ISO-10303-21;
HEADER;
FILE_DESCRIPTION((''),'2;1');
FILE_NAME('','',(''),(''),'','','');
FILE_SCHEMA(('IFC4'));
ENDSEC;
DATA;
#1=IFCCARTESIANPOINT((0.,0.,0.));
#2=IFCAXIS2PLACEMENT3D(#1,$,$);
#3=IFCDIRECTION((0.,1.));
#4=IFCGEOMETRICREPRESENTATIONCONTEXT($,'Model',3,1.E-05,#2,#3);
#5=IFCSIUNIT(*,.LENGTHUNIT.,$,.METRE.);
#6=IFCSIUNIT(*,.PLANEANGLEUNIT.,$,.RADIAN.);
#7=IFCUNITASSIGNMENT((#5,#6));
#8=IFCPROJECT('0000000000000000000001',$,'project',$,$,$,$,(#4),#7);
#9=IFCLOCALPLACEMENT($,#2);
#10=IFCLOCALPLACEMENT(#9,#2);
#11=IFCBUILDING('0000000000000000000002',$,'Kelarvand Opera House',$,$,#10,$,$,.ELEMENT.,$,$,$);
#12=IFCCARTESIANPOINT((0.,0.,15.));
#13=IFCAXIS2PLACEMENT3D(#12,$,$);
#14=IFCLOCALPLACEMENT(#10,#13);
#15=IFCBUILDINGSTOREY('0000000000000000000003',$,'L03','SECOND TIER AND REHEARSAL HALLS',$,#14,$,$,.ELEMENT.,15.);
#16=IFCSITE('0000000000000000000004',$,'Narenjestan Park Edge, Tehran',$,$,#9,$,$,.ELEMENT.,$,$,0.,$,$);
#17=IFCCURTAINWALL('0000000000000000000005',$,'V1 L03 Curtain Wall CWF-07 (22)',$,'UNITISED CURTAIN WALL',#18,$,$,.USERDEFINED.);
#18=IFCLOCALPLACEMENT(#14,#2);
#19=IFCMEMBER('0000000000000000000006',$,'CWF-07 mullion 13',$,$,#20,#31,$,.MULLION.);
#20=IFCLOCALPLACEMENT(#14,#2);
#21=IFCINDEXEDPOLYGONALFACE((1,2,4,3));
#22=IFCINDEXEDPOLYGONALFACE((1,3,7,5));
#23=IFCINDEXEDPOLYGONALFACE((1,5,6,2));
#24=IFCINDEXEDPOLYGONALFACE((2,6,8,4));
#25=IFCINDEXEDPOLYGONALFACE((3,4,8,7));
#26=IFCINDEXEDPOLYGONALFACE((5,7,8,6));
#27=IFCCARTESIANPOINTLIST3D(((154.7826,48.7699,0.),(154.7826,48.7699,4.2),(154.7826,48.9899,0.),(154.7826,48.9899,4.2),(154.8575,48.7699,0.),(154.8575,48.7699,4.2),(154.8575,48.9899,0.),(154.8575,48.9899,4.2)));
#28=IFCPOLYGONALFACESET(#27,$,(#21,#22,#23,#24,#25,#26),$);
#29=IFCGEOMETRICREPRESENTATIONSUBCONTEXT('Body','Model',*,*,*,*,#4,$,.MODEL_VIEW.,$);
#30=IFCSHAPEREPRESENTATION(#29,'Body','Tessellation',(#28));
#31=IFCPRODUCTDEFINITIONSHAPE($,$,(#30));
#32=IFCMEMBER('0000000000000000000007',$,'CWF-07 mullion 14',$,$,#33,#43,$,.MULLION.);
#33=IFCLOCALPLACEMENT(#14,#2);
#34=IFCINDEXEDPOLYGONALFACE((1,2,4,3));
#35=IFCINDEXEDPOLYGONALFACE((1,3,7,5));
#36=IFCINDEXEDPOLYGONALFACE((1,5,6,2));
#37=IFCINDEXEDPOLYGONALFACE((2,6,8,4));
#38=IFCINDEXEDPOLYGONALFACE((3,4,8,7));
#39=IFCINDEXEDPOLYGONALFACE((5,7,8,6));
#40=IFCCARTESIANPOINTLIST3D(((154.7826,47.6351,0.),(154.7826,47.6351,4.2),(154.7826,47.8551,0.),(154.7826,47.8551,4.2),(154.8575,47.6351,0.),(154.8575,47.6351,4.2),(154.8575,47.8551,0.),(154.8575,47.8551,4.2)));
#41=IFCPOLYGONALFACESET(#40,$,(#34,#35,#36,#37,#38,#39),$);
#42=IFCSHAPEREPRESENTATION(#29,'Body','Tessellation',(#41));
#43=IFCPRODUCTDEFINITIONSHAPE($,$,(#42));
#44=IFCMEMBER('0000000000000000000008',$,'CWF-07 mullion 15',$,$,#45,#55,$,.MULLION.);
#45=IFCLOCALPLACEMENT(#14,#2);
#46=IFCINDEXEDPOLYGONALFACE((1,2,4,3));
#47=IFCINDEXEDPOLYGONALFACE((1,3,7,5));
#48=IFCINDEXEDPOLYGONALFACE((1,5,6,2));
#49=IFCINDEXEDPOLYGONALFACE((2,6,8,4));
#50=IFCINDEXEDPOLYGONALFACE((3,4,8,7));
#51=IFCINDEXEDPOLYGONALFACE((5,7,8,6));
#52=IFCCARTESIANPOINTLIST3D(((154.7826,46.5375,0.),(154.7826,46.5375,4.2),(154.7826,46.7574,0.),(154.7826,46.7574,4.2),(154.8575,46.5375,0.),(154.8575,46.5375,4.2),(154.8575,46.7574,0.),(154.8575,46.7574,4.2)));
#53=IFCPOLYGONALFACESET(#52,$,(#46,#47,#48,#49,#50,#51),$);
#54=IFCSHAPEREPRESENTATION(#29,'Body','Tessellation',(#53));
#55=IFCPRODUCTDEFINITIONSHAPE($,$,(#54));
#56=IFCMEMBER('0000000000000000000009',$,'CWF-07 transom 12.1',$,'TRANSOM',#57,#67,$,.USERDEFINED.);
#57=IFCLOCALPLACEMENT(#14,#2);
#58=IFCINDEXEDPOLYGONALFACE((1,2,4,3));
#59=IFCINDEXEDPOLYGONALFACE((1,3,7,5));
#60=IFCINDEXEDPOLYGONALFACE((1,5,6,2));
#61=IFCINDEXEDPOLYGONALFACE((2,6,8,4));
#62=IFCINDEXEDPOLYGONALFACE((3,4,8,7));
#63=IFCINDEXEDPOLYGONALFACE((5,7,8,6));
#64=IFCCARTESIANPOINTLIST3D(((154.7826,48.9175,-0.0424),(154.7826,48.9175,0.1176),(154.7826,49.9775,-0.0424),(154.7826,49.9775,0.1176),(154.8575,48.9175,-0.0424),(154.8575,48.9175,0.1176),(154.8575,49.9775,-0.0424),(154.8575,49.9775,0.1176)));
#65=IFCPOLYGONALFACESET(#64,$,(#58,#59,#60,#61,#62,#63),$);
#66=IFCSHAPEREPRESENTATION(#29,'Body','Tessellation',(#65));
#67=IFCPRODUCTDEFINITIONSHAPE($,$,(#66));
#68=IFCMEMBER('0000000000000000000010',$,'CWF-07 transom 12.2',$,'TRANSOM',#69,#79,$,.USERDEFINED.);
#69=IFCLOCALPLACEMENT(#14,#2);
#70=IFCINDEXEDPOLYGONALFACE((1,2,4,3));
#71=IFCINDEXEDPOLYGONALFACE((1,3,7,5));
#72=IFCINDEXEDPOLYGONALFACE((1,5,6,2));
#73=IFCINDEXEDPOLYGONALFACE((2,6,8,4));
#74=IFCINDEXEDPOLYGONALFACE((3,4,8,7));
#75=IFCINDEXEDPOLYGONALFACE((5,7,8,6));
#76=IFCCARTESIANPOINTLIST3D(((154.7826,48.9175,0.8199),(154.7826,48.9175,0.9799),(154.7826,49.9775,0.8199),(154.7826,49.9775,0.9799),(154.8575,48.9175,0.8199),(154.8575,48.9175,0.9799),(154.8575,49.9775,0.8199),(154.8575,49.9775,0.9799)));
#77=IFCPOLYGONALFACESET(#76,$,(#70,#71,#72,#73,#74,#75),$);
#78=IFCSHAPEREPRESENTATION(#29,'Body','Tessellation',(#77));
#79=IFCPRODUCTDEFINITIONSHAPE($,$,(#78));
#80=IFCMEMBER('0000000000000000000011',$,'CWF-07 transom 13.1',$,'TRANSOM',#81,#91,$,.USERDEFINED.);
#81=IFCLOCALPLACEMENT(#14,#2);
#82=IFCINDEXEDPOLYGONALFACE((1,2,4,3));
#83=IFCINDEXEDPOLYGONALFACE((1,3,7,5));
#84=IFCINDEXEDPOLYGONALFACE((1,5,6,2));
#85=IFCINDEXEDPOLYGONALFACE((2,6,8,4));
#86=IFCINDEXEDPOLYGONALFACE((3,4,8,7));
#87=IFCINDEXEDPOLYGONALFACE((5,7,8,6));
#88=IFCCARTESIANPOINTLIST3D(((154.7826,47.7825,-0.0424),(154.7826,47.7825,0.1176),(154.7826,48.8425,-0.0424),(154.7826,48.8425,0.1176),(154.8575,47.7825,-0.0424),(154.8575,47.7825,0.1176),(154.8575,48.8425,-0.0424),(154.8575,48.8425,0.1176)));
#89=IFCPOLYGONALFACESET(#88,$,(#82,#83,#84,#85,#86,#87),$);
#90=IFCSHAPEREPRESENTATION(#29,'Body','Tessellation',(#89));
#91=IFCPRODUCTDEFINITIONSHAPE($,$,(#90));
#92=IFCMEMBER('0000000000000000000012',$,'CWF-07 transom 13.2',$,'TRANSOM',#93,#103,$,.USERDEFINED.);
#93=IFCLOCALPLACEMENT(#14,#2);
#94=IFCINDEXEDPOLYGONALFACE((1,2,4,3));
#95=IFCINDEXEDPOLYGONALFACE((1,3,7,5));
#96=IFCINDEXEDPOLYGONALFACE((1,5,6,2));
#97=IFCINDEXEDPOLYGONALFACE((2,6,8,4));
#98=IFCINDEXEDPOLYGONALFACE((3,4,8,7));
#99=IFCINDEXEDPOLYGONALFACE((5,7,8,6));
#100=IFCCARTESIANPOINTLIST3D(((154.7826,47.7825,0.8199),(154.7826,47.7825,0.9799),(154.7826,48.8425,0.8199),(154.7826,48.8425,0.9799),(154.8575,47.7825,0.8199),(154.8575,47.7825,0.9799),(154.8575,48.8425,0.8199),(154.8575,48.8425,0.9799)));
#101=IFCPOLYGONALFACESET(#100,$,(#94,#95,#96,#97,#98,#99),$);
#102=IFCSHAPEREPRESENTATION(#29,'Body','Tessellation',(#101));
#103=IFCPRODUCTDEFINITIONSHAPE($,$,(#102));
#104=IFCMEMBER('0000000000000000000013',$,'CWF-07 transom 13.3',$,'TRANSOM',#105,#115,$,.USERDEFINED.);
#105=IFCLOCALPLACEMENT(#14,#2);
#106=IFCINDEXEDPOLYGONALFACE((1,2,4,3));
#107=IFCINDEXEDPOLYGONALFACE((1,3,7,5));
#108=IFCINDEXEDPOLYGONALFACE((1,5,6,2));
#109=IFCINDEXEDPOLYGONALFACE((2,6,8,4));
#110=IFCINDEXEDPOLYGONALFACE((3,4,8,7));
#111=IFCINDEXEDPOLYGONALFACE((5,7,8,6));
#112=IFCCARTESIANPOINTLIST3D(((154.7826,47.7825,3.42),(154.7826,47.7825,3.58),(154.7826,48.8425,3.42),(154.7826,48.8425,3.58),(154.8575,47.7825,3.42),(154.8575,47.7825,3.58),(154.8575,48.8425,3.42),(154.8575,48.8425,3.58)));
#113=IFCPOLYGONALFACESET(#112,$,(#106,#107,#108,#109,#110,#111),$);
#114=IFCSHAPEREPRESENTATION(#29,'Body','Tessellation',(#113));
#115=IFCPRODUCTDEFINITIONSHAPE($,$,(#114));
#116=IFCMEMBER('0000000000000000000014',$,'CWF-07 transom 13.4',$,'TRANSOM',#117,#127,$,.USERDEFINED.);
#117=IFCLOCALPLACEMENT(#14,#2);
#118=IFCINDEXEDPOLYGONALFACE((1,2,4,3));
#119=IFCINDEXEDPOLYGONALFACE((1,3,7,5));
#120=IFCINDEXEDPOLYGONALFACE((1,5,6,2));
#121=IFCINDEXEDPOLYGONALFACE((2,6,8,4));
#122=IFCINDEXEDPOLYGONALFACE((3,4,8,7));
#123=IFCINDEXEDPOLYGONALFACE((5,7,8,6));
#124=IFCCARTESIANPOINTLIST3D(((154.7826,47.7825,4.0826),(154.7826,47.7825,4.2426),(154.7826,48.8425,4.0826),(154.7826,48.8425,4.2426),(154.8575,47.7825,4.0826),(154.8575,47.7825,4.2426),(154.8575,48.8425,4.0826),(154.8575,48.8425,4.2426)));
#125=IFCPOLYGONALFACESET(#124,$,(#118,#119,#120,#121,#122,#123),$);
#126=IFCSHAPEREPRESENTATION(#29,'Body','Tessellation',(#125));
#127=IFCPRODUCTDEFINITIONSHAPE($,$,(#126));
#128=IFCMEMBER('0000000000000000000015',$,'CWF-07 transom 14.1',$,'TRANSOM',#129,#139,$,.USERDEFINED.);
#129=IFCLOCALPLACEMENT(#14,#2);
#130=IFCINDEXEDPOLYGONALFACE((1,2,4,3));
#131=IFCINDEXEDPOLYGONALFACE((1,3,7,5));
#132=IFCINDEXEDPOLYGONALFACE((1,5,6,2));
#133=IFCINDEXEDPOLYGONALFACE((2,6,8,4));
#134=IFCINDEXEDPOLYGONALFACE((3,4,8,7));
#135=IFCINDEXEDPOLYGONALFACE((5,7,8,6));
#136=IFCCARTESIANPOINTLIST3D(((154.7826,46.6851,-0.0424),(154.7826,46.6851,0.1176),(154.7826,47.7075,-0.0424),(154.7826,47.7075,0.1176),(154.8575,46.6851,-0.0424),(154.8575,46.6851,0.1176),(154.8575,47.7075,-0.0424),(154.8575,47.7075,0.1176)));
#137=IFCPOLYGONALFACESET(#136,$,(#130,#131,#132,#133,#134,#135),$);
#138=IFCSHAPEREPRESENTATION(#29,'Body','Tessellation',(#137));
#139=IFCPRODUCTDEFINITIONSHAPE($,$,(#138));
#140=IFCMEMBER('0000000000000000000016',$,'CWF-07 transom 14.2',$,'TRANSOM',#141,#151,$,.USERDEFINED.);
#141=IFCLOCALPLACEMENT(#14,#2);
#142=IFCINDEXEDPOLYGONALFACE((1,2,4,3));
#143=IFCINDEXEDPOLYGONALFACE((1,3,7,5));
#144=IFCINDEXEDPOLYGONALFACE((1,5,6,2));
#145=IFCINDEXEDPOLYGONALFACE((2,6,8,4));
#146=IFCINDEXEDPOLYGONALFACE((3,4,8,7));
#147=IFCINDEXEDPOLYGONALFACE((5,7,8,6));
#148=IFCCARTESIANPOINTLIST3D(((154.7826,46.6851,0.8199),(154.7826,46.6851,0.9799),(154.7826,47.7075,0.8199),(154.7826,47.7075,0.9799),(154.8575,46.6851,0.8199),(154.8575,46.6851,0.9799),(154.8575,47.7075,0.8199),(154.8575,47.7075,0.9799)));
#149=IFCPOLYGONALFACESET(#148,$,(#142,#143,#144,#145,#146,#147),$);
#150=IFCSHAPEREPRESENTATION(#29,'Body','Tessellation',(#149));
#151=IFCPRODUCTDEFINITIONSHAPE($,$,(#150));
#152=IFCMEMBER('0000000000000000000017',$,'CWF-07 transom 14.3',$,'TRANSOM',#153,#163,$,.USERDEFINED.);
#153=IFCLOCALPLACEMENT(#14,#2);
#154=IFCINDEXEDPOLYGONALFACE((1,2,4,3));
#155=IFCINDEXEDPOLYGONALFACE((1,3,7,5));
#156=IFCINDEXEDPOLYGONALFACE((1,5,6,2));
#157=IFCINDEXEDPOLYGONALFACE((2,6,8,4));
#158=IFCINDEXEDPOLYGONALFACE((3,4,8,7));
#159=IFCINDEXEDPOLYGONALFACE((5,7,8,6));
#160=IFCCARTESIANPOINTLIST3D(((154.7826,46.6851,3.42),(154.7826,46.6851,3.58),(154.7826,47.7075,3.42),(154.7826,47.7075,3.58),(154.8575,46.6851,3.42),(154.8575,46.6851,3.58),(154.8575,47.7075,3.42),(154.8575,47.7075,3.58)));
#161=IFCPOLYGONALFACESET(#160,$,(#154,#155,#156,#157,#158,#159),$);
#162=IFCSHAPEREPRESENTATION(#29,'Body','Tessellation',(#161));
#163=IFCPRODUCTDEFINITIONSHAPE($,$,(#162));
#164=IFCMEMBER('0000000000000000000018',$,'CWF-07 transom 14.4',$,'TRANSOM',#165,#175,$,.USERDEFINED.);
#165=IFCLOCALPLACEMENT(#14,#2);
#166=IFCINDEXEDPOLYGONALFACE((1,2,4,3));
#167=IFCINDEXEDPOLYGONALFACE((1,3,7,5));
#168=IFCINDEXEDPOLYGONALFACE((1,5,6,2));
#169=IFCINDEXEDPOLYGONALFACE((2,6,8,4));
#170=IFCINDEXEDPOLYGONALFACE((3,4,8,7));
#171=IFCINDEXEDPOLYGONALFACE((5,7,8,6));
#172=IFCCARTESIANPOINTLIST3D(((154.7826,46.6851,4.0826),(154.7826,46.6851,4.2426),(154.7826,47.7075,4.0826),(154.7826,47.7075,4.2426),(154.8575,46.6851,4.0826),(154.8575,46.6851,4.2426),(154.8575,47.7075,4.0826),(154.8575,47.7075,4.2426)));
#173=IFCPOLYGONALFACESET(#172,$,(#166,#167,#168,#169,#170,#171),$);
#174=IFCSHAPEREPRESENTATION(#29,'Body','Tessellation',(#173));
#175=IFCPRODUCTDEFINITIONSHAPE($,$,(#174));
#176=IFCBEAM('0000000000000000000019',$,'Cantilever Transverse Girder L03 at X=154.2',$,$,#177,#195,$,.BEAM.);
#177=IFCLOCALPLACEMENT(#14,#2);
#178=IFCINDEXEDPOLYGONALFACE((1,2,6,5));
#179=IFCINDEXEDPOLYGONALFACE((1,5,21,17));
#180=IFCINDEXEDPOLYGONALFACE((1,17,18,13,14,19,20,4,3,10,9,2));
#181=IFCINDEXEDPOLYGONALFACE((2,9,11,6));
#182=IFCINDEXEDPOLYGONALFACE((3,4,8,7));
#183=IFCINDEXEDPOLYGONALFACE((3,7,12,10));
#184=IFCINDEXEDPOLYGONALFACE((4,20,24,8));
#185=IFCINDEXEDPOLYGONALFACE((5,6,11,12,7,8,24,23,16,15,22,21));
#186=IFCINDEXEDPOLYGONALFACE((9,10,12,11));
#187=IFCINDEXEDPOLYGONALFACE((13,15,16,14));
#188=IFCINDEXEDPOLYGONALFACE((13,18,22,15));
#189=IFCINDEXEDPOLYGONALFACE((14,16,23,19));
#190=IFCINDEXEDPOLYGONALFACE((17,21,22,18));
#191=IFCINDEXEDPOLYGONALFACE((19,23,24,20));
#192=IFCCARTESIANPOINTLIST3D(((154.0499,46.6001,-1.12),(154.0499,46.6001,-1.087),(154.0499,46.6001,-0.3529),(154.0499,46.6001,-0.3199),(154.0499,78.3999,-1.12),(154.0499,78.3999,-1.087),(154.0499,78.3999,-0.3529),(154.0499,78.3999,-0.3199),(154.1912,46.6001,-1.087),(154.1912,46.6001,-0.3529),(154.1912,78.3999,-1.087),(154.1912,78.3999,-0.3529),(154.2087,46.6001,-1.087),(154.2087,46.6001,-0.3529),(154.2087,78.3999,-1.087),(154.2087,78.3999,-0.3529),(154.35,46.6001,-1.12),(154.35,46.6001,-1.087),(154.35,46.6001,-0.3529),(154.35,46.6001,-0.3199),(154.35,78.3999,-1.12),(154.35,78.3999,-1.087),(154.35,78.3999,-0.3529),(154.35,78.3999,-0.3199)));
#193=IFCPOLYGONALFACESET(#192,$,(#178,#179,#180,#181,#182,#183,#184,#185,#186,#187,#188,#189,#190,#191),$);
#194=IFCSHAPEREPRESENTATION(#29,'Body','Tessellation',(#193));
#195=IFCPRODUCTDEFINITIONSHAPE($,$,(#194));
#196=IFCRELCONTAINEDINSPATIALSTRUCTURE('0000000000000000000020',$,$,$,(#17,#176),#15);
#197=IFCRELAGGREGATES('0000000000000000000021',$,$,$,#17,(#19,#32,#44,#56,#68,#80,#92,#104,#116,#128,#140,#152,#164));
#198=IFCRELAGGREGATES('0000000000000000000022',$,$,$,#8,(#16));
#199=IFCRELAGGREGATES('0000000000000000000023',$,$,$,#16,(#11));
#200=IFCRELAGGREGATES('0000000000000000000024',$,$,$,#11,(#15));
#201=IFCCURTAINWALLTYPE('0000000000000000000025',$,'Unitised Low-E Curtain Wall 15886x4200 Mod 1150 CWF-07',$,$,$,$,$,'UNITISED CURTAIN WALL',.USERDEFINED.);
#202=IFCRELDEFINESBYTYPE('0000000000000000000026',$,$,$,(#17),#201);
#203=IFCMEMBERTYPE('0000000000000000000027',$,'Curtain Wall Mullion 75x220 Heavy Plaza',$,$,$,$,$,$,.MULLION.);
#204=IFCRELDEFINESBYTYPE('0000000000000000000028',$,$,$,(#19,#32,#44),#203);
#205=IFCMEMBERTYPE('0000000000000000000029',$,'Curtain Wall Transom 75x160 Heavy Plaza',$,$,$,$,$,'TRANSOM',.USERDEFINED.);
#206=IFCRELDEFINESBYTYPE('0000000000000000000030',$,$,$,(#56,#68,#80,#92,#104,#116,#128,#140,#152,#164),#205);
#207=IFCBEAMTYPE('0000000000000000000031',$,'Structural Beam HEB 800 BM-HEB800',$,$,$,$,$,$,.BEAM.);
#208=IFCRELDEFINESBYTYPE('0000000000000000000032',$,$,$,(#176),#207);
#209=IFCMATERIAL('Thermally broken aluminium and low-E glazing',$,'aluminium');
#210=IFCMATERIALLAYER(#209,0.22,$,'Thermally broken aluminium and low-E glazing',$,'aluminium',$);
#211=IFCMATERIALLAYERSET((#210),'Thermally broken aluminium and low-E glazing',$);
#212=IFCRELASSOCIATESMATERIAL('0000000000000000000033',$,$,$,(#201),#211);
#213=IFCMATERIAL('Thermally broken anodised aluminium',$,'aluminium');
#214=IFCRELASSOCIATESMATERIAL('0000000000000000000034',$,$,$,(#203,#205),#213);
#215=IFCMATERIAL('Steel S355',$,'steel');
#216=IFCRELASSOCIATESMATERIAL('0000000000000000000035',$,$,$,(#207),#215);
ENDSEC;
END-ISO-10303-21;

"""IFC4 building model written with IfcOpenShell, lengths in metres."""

from ifc_helpers import new_model, si_unit, direction, frame, origin, origin_2d, place, context, subcontext, project, spatial, rectangle, i_section, extrude, material, layer, layer_set, material_profile, profile_set, type_object, element, aggregate, save


model = new_model("IFC4")

# Units and contexts
model_context = context("Model", 3, precision=1e-05, world=origin(), true_north=direction((0.0, 1.0)))
body_context = subcontext(model_context, "Body", "Model", "MODEL_VIEW")
ifc_project = project(units=[si_unit("LENGTHUNIT", "METRE"), si_unit("PLANEANGLEUNIT", "RADIAN")], contexts=[model_context])

# Site, building, storey
site_placement = place(None, origin())
site = spatial("IfcSite", under=ifc_project, at=site_placement, Name="Narenjestan Park Edge, Tehran", CompositionType="ELEMENT", RefElevation=0.0)
building_placement = place(site_placement, origin())
building = spatial("IfcBuilding", under=site, at=building_placement, Name="Kelarvand Opera House", CompositionType="ELEMENT")
storey_placement = place(building_placement, frame((0.0, 0.0, 15.0)))
storey = spatial("IfcBuildingStorey", under=building, at=storey_placement, Name="L03", Description="SECOND TIER AND REHEARSAL HALLS", CompositionType="ELEMENT", Elevation=15.0)

# Curtain wall, members
ifc_material_1 = material(Name="Thermally broken aluminium and low-E glazing", Category="aluminium")
ifc_layer_1 = layer(ifc_material_1, 0.22, Name="Thermally broken aluminium and low-E glazing", Category="aluminium")
ifc_layer_set_1 = layer_set([ifc_layer_1], Name="Thermally broken aluminium and low-E glazing")
curtain_wall_type = type_object("IfcCurtainWallType", Name="Unitised Low-E Curtain Wall 15886x4200 Mod 1150 CWF-07", ElementType="UNITISED CURTAIN WALL", PredefinedType="USERDEFINED", material=ifc_layer_set_1)
curtain_wall_placement = place(storey_placement, origin())
curtain_wall = element("IfcCurtainWall", 1, at=curtain_wall_placement, inside=storey, type_object=curtain_wall_type, Name="V1 L03 Curtain Wall CWF-07 (22)", ObjectType="UNITISED CURTAIN WALL", PredefinedType="USERDEFINED")
ifc_material_2 = material(Name="Thermally broken anodised aluminium", Category="aluminium")
ifc_material_profile_1 = material_profile(ifc_material_2, rectangle(XDim=0.075, YDim=0.22, at=origin_2d()), Name="ALU MULLION 75x220", Category="aluminium")
ifc_profile_set_1 = profile_set([ifc_material_profile_1], Name="Thermally broken anodised aluminium")
member_type_1 = type_object("IfcMemberType", Name="Curtain Wall Mullion 75x220 Heavy Plaza", PredefinedType="MULLION", material=ifc_profile_set_1)
member_1_placement = place(storey_placement, frame((154.8201, 48.8799, 0.0), z_axis=(0.0, 0.0, 1.0), x_axis=(1.0, 0.0, 0.0)))
member_1 = element("IfcMember", 2, at=member_1_placement, type_object=member_type_1, Name="CWF-07 mullion 13", PredefinedType="MULLION", context=body_context, shape_type="SweptSolid", body=[
    extrude(rectangle(XDim=0.075, YDim=0.22, at=origin_2d()), origin(), (0.0, 0.0, 1.0), 4.2),
])
member_2_placement = place(storey_placement, frame((154.8201, 47.7451, 0.0), z_axis=(0.0, 0.0, 1.0), x_axis=(1.0, 0.0, 0.0)))
member_2 = element("IfcMember", 3, at=member_2_placement, type_object=member_type_1, Name="CWF-07 mullion 14", PredefinedType="MULLION", context=body_context, shape_type="SweptSolid", body=[
    extrude(rectangle(XDim=0.075, YDim=0.22, at=origin_2d()), origin(), (0.0, 0.0, 1.0), 4.2),
])
member_3_placement = place(storey_placement, frame((154.8201, 46.6475, 0.0), z_axis=(0.0, 0.0, 1.0), x_axis=(1.0, 0.0, 0.0)))
member_3 = element("IfcMember", 4, at=member_3_placement, type_object=member_type_1, Name="CWF-07 mullion 15", PredefinedType="MULLION", context=body_context, shape_type="SweptSolid", body=[
    extrude(rectangle(XDim=0.075, YDim=0.22, at=origin_2d()), origin(), (0.0, 0.0, 1.0), 4.2),
])
ifc_material_profile_2 = material_profile(ifc_material_2, rectangle(XDim=0.075, YDim=0.1599, at=origin_2d()), Name="ALU TRANSOM 75x160", Category="aluminium")
ifc_profile_set_2 = profile_set([ifc_material_profile_2], Name="Thermally broken anodised aluminium")
member_type_2 = type_object("IfcMemberType", Name="Curtain Wall Transom 75x160 Heavy Plaza", ElementType="TRANSOM", PredefinedType="USERDEFINED", material=ifc_profile_set_2)
member_4_placement = place(storey_placement, frame((154.8201, 49.9775, 0.0376), z_axis=(0.0, -1.0, 0.0), x_axis=(1.0, 0.0, 0.0)))
member_4 = element("IfcMember", 5, at=member_4_placement, type_object=member_type_2, Name="CWF-07 transom 12.1", ObjectType="TRANSOM", PredefinedType="USERDEFINED", context=body_context, shape_type="SweptSolid", body=[
    extrude(rectangle(XDim=0.075, YDim=0.1599, at=origin_2d()), origin(), (0.0, 0.0, 1.0), 1.0601),
])
member_5_placement = place(storey_placement, frame((154.8201, 49.9775, 0.8999), z_axis=(0.0, -1.0, 0.0), x_axis=(1.0, 0.0, 0.0)))
member_5 = element("IfcMember", 6, at=member_5_placement, type_object=member_type_2, Name="CWF-07 transom 12.2", ObjectType="TRANSOM", PredefinedType="USERDEFINED", context=body_context, shape_type="SweptSolid", body=[
    extrude(rectangle(XDim=0.075, YDim=0.1599, at=origin_2d()), origin(), (0.0, 0.0, 1.0), 1.0601),
])
member_6_placement = place(storey_placement, frame((154.8201, 48.8425, 0.0376), z_axis=(0.0, -1.0, 0.0), x_axis=(1.0, 0.0, 0.0)))
member_6 = element("IfcMember", 7, at=member_6_placement, type_object=member_type_2, Name="CWF-07 transom 13.1", ObjectType="TRANSOM", PredefinedType="USERDEFINED", context=body_context, shape_type="SweptSolid", body=[
    extrude(rectangle(XDim=0.075, YDim=0.1599, at=origin_2d()), origin(), (0.0, 0.0, 1.0), 1.0601),
])
member_7_placement = place(storey_placement, frame((154.8201, 48.8425, 0.8999), z_axis=(0.0, -1.0, 0.0), x_axis=(1.0, 0.0, 0.0)))
member_7 = element("IfcMember", 8, at=member_7_placement, type_object=member_type_2, Name="CWF-07 transom 13.2", ObjectType="TRANSOM", PredefinedType="USERDEFINED", context=body_context, shape_type="SweptSolid", body=[
    extrude(rectangle(XDim=0.075, YDim=0.1599, at=origin_2d()), origin(), (0.0, 0.0, 1.0), 1.0601),
])
member_8_placement = place(storey_placement, frame((154.8201, 48.8425, 3.5), z_axis=(0.0, -1.0, 0.0), x_axis=(1.0, 0.0, 0.0)))
member_8 = element("IfcMember", 9, at=member_8_placement, type_object=member_type_2, Name="CWF-07 transom 13.3", ObjectType="TRANSOM", PredefinedType="USERDEFINED", context=body_context, shape_type="SweptSolid", body=[
    extrude(rectangle(XDim=0.075, YDim=0.1599, at=origin_2d()), origin(), (0.0, 0.0, 1.0), 1.0601),
])
member_9_placement = place(storey_placement, frame((154.8201, 48.8425, 4.1626), z_axis=(0.0, -1.0, 0.0), x_axis=(1.0, 0.0, 0.0)))
member_9 = element("IfcMember", 10, at=member_9_placement, type_object=member_type_2, Name="CWF-07 transom 13.4", ObjectType="TRANSOM", PredefinedType="USERDEFINED", context=body_context, shape_type="SweptSolid", body=[
    extrude(rectangle(XDim=0.075, YDim=0.1599, at=origin_2d()), origin(), (0.0, 0.0, 1.0), 1.0601),
])
member_10_placement = place(storey_placement, frame((154.8201, 47.7075, 0.0376), z_axis=(0.0, -1.0, 0.0), x_axis=(1.0, 0.0, 0.0)))
member_10 = element("IfcMember", 11, at=member_10_placement, type_object=member_type_2, Name="CWF-07 transom 14.1", ObjectType="TRANSOM", PredefinedType="USERDEFINED", context=body_context, shape_type="SweptSolid", body=[
    extrude(rectangle(XDim=0.075, YDim=0.1599, at=origin_2d()), origin(), (0.0, 0.0, 1.0), 1.0225),
])
member_11_placement = place(storey_placement, frame((154.8201, 47.7075, 0.8999), z_axis=(0.0, -1.0, 0.0), x_axis=(1.0, 0.0, 0.0)))
member_11 = element("IfcMember", 12, at=member_11_placement, type_object=member_type_2, Name="CWF-07 transom 14.2", ObjectType="TRANSOM", PredefinedType="USERDEFINED", context=body_context, shape_type="SweptSolid", body=[
    extrude(rectangle(XDim=0.075, YDim=0.1599, at=origin_2d()), origin(), (0.0, 0.0, 1.0), 1.0225),
])
member_12_placement = place(storey_placement, frame((154.8201, 47.7075, 3.5), z_axis=(0.0, -1.0, 0.0), x_axis=(1.0, 0.0, 0.0)))
member_12 = element("IfcMember", 13, at=member_12_placement, type_object=member_type_2, Name="CWF-07 transom 14.3", ObjectType="TRANSOM", PredefinedType="USERDEFINED", context=body_context, shape_type="SweptSolid", body=[
    extrude(rectangle(XDim=0.075, YDim=0.1599, at=origin_2d()), origin(), (0.0, 0.0, 1.0), 1.0225),
])
member_13_placement = place(storey_placement, frame((154.8201, 47.7075, 4.1626), z_axis=(0.0, -1.0, 0.0), x_axis=(1.0, 0.0, 0.0)))
member_13 = element("IfcMember", 14, at=member_13_placement, type_object=member_type_2, Name="CWF-07 transom 14.4", ObjectType="TRANSOM", PredefinedType="USERDEFINED", context=body_context, shape_type="SweptSolid", body=[
    extrude(rectangle(XDim=0.075, YDim=0.1599, at=origin_2d()), origin(), (0.0, 0.0, 1.0), 1.0225),
])

# Beam
ifc_material_3 = material(Name="Steel S355", Category="steel")
ifc_material_profile_3 = material_profile(ifc_material_3, i_section(OverallWidth=0.3, OverallDepth=0.8, WebThickness=0.0176, FlangeThickness=0.033, at=origin_2d()), Name="HEB 800", Category="steel")
ifc_profile_set_3 = profile_set([ifc_material_profile_3], Name="Steel S355")
beam_type = type_object("IfcBeamType", Name="Structural Beam HEB 800 BM-HEB800", PredefinedType="BEAM", material=ifc_profile_set_3)
beam_placement = place(storey_placement, frame((154.2, 46.6001, -0.72), z_axis=(0.0, 1.0, 0.0), x_axis=(-1.0, 0.0, 0.0)))
element("IfcBeam", 15, at=beam_placement, inside=storey, type_object=beam_type, Name="Cantilever Transverse Girder L03 at X=154.2", PredefinedType="BEAM", context=body_context, shape_type="SweptSolid", body=[
    extrude(i_section(OverallWidth=0.3, OverallDepth=0.8, WebThickness=0.0176, FlangeThickness=0.033, at=origin_2d()), origin(), (0.0, 0.0, 1.0), 31.7998),
])

aggregate(curtain_wall, [member_1, member_2, member_3, member_4, member_5, member_6, member_7, member_8, member_9, member_10, member_11, member_12, member_13])

save(model, "model.ifc")
